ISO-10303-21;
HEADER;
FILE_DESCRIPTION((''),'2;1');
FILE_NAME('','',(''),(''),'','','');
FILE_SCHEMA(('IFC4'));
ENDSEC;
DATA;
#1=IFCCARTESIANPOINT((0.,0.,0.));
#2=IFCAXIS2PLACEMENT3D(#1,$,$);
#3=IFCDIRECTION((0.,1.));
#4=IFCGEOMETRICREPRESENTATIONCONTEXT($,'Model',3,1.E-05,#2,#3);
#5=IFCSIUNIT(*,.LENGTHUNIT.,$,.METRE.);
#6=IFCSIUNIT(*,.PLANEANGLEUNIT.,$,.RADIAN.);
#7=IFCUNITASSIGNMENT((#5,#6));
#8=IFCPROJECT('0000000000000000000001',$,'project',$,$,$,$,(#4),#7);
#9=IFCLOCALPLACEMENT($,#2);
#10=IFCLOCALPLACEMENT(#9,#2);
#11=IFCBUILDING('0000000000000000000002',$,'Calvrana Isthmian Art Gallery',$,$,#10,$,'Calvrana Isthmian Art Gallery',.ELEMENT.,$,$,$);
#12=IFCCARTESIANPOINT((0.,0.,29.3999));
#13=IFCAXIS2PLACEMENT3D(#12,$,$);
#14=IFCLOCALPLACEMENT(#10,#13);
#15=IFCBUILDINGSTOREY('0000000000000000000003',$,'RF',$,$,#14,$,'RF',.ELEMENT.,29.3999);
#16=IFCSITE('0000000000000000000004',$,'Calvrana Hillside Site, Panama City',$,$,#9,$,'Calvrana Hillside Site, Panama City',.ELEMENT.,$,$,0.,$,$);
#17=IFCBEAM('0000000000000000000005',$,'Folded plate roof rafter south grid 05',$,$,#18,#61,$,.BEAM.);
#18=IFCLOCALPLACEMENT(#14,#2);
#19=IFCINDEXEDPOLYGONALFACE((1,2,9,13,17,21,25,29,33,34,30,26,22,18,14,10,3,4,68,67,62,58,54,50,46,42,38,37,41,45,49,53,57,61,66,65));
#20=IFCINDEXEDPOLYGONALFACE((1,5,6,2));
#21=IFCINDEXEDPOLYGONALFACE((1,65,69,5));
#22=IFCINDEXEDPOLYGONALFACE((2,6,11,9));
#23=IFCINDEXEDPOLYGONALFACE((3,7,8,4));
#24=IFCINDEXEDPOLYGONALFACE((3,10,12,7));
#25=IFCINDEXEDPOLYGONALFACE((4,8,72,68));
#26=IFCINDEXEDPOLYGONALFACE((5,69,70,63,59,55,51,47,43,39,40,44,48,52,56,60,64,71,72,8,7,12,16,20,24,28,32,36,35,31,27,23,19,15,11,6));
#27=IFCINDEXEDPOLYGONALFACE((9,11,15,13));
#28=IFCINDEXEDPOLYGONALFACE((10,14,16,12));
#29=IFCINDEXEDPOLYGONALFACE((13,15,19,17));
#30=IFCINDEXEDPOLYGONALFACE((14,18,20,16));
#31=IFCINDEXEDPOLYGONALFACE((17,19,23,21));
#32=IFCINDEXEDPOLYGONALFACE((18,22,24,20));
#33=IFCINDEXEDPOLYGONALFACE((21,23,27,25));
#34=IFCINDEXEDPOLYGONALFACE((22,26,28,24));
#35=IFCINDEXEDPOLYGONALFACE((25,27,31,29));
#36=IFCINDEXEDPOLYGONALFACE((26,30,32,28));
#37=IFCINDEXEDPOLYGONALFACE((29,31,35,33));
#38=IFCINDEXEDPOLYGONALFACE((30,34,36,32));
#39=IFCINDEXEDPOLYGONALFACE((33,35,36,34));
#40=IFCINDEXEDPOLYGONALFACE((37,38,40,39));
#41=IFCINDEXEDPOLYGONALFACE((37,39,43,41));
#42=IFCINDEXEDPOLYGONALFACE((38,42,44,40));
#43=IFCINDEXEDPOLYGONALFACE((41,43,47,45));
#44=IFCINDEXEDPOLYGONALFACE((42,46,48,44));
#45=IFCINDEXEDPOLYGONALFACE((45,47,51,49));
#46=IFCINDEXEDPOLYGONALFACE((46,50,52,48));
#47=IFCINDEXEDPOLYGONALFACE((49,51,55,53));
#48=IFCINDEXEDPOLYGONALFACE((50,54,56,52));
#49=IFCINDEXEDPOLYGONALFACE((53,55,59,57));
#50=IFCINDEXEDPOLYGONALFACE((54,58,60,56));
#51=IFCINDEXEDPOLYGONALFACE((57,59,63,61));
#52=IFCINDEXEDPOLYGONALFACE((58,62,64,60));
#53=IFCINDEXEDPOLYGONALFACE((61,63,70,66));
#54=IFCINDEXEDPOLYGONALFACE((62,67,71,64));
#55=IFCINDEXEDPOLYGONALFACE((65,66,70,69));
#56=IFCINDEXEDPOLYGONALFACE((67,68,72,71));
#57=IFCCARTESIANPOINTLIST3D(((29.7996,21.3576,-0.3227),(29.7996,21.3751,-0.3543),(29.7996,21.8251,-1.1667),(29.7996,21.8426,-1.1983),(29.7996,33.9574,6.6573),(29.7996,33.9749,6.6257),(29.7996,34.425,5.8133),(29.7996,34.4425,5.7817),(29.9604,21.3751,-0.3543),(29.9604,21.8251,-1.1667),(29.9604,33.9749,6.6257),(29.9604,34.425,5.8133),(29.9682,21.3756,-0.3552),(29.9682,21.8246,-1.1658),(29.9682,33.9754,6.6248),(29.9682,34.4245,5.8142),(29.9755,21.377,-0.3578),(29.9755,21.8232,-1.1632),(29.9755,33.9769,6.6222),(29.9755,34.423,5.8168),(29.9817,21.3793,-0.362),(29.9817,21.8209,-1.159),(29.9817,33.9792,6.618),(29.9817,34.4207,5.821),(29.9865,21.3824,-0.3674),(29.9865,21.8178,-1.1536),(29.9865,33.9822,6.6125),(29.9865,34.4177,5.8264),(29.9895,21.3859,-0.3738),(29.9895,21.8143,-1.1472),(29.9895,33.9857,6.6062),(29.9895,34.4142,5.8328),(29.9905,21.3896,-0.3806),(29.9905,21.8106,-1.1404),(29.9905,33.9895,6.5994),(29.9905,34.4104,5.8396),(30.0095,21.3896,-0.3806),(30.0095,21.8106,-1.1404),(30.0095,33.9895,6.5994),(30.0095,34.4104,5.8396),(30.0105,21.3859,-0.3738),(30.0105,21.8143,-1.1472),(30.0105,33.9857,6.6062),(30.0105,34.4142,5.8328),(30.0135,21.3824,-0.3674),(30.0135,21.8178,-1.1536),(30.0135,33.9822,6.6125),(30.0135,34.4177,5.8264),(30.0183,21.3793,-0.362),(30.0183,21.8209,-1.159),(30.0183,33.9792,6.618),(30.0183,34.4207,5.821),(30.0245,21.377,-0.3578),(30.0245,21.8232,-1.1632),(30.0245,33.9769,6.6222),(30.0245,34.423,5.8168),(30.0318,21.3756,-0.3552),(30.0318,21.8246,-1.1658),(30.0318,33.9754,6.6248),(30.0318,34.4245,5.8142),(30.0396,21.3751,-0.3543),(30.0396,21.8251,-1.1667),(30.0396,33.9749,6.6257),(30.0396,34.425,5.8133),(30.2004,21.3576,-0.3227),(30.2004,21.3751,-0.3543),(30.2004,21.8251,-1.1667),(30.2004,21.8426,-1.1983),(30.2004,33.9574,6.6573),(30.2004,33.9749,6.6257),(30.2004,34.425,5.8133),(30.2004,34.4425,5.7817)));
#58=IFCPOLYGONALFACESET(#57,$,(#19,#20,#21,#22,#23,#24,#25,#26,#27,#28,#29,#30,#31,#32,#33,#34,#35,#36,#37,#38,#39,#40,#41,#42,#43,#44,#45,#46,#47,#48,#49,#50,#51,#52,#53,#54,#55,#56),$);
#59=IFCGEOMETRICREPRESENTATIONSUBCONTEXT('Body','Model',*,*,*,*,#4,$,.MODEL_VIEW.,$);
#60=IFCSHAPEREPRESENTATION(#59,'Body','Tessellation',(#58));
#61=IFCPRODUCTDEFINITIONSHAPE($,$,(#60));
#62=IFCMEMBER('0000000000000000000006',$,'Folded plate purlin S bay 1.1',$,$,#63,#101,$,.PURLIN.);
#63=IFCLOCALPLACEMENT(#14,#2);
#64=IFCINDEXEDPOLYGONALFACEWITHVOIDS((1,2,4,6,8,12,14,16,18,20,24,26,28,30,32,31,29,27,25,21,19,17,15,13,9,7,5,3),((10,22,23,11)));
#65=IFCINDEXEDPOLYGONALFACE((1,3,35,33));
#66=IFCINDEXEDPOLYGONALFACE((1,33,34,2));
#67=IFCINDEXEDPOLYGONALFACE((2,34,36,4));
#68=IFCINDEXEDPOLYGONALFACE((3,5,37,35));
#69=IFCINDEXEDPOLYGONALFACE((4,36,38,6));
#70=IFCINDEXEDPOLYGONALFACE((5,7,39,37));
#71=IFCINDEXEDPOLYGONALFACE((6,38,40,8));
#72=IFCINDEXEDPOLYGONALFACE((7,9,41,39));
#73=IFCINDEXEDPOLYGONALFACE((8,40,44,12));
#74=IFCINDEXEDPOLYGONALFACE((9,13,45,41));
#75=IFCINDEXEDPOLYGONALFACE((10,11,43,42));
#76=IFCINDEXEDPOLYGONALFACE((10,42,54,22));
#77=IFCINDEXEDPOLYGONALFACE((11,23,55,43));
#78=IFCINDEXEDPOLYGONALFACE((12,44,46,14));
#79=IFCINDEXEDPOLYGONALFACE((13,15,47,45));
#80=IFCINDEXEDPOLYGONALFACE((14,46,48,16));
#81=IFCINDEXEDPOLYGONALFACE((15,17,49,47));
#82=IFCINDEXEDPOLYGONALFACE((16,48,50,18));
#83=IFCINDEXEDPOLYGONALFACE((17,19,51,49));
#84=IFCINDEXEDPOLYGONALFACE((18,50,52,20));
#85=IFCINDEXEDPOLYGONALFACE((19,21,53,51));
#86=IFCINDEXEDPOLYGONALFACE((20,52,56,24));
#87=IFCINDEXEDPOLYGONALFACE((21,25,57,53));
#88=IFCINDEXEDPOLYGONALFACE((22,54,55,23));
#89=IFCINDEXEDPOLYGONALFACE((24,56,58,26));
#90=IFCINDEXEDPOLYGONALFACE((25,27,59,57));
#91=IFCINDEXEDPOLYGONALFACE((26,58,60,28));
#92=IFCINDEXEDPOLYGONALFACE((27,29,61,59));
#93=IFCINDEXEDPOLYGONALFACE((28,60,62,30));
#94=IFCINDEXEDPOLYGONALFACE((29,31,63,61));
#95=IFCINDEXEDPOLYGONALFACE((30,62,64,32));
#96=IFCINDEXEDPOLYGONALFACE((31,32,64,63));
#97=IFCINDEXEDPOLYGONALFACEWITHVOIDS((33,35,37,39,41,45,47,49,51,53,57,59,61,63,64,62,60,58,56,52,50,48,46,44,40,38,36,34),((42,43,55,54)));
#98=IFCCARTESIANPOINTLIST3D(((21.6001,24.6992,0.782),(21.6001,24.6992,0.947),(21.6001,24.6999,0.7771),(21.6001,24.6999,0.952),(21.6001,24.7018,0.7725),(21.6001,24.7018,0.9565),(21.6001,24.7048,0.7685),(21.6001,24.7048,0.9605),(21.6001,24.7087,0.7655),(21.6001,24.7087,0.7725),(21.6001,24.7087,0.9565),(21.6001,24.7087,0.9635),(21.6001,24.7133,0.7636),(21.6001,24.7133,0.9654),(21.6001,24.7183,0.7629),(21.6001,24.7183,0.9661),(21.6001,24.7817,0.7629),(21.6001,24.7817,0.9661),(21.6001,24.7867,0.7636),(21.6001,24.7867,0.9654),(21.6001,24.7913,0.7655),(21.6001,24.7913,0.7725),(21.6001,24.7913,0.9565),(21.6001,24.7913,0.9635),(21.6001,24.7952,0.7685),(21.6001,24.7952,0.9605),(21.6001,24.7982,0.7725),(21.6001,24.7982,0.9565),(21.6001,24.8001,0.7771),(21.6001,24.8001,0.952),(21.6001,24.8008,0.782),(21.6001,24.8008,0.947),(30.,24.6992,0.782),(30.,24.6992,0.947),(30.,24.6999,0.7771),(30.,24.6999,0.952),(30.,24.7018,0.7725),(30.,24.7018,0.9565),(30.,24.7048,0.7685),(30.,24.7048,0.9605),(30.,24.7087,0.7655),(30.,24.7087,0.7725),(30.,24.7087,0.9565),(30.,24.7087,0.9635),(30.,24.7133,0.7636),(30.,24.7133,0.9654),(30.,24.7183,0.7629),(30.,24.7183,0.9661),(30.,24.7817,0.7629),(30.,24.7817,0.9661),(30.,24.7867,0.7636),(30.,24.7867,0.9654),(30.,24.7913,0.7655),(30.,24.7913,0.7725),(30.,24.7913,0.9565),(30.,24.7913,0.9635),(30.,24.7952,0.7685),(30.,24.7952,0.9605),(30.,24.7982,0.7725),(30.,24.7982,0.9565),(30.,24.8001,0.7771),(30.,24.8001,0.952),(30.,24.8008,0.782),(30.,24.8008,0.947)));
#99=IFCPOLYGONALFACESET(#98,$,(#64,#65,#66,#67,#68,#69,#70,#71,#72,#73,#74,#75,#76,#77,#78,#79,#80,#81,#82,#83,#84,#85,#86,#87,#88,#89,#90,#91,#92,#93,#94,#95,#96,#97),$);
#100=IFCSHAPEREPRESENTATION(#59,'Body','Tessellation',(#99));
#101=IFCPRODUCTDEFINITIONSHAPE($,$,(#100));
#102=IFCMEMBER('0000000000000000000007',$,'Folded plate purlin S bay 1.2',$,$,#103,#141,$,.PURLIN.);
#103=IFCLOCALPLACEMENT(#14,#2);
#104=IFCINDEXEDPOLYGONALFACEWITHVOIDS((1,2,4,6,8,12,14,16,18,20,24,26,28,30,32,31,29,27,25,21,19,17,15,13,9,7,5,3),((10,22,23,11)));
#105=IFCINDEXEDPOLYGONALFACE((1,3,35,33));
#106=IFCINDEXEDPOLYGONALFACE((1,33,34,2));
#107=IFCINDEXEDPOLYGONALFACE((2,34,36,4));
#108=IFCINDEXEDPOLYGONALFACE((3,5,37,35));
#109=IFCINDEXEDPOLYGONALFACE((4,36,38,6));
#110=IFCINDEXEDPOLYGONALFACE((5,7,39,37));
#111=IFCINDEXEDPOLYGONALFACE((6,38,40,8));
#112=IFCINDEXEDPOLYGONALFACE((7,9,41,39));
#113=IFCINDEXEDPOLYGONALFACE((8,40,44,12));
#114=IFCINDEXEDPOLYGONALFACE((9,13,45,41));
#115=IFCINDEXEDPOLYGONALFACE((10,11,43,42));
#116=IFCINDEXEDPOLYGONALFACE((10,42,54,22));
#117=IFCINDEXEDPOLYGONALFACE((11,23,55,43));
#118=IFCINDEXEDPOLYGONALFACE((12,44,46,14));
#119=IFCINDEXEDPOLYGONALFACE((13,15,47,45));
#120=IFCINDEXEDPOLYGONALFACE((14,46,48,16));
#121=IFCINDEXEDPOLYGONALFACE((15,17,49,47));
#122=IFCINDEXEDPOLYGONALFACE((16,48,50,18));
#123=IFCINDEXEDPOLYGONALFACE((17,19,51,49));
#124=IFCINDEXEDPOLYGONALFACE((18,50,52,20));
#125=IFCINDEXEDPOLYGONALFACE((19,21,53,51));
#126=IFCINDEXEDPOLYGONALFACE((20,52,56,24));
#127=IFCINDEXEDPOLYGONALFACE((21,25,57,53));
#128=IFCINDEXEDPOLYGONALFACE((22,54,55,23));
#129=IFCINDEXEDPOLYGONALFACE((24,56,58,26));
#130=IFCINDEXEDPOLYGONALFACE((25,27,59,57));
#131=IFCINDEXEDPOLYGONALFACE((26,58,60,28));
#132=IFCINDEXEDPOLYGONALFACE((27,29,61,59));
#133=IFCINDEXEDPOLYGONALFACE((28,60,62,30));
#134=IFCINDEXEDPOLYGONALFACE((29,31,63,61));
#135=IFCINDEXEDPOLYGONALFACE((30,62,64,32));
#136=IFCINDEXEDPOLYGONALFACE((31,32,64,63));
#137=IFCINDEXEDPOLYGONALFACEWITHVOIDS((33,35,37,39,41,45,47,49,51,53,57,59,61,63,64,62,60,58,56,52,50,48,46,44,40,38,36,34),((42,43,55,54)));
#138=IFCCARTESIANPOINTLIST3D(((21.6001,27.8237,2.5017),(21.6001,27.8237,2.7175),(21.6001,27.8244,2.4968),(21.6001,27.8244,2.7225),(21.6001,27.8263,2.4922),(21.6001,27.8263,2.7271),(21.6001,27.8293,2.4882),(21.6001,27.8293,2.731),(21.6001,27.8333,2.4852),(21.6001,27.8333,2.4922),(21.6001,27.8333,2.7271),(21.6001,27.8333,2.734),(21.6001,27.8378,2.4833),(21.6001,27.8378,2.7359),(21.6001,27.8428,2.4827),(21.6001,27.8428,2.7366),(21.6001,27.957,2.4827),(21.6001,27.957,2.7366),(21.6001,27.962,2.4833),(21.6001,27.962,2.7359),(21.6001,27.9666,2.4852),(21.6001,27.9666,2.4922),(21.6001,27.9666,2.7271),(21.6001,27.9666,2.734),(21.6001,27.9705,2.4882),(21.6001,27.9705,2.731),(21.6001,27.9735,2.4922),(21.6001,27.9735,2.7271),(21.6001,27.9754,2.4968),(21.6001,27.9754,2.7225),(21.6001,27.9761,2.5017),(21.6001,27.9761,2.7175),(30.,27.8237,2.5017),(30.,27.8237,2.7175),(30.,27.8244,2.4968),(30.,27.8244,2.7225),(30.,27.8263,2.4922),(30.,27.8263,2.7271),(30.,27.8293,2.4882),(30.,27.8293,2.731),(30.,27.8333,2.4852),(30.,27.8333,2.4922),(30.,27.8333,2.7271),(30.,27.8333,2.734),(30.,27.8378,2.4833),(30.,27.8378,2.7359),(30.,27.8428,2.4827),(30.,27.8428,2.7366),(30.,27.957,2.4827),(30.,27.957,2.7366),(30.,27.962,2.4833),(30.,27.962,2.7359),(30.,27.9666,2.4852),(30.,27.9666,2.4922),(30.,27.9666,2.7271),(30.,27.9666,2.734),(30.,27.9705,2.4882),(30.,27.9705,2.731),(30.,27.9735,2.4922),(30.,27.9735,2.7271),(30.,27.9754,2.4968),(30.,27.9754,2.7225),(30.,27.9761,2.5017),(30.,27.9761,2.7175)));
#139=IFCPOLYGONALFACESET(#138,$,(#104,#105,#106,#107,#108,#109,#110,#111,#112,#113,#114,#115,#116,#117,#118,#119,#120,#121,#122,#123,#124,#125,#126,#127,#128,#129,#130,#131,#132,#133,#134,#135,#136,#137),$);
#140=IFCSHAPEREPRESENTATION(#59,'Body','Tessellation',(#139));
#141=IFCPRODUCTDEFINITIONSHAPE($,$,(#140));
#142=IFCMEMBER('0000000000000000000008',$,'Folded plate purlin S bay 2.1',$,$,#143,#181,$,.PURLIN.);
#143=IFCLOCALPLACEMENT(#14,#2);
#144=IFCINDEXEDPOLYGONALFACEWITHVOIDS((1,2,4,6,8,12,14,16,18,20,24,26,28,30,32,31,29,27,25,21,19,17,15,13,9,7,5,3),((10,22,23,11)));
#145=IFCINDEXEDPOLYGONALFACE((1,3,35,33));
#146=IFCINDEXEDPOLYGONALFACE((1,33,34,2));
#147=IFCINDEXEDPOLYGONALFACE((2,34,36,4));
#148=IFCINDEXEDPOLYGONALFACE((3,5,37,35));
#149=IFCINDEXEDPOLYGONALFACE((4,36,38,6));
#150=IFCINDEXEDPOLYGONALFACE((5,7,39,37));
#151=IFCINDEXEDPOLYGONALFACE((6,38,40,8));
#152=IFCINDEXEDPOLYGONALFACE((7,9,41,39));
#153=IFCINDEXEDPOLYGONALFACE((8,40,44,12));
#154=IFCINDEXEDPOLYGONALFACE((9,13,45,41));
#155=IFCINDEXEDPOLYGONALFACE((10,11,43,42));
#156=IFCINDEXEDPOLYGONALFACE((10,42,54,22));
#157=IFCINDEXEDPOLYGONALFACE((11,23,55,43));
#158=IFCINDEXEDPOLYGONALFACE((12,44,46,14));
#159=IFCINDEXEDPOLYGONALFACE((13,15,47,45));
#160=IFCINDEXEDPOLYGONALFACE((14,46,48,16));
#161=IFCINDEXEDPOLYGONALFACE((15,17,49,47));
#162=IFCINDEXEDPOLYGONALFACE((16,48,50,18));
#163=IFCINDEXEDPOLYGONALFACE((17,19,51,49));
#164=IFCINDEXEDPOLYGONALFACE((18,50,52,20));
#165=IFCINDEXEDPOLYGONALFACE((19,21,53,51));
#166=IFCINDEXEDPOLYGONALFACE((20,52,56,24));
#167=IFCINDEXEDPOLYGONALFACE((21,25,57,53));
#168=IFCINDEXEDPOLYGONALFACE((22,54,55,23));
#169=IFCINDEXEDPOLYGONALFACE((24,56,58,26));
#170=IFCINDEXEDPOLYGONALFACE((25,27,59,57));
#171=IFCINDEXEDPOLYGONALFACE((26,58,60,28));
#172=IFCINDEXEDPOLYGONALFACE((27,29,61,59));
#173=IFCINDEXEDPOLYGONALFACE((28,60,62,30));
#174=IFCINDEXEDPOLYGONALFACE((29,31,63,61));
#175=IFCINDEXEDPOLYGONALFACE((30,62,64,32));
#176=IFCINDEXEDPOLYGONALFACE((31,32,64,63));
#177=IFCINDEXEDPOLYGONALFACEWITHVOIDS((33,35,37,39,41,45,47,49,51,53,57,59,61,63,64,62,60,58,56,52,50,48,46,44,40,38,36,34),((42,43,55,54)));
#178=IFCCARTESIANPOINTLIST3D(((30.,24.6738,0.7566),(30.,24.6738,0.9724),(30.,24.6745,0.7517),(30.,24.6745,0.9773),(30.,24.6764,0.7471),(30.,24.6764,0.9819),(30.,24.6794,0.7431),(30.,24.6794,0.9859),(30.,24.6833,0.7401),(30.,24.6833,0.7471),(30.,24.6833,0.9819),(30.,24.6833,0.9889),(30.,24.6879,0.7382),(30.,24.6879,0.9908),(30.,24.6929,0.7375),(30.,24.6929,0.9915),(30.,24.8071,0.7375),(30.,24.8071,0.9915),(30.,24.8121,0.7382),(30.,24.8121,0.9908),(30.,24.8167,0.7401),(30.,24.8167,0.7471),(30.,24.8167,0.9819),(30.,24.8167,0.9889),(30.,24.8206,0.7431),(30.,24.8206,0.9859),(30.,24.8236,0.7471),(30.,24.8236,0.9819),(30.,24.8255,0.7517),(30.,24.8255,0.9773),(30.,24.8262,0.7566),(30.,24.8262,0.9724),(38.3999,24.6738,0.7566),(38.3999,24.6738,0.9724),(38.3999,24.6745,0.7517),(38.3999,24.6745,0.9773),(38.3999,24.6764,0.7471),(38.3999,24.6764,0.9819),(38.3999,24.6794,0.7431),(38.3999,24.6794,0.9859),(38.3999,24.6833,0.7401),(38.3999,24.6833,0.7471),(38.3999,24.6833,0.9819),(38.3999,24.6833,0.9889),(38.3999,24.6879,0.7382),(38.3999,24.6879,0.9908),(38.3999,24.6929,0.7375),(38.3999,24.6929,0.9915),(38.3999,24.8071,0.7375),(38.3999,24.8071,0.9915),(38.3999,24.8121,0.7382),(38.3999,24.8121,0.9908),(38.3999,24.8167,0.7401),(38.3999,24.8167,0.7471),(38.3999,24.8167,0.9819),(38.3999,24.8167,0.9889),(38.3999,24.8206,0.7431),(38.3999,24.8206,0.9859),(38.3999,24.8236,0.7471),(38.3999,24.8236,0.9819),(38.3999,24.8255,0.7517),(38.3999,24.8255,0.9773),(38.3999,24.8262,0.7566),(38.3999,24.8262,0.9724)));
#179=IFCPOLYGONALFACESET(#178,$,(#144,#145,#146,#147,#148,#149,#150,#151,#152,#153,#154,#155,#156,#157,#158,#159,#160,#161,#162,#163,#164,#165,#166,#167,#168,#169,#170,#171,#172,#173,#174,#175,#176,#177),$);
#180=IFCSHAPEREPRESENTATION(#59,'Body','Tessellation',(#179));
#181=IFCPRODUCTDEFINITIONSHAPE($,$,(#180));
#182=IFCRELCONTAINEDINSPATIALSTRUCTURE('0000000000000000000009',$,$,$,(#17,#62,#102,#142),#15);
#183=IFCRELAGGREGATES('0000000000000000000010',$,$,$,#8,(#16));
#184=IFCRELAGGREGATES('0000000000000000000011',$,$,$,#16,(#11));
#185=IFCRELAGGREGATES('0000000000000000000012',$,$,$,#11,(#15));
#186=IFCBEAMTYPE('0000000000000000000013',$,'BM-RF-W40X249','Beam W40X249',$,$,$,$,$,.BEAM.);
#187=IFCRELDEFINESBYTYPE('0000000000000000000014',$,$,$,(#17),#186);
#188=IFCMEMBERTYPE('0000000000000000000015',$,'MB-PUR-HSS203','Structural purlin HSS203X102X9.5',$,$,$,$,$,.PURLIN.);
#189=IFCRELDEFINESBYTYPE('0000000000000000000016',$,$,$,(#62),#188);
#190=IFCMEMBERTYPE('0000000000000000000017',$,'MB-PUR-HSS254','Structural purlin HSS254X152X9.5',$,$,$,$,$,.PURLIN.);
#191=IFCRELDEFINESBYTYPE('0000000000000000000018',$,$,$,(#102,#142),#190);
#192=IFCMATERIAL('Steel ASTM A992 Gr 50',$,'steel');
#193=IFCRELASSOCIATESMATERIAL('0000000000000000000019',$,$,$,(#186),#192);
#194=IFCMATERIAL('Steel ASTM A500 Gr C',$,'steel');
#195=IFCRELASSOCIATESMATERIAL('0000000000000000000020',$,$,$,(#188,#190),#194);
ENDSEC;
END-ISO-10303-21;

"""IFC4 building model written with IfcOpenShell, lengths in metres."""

from ifc_helpers import new_model, si_unit, direction, frame, origin, origin_2d, place, context, subcontext, project, spatial, hollow_rectangle, i_section, extrude, material, material_profile, profile_set, type_object, element, save


model = new_model("IFC4")

# Units and contexts
model_context = context("Model", 3, precision=1e-05, world=origin(), true_north=direction((0.0, 1.0)))
body_context = subcontext(model_context, "Body", "Model", "MODEL_VIEW")
ifc_project = project(units=[si_unit("LENGTHUNIT", "METRE"), si_unit("PLANEANGLEUNIT", "RADIAN")], contexts=[model_context])

# Site, building, storey
site_placement = place(None, origin())
site = spatial("IfcSite", under=ifc_project, at=site_placement, Name="Calvrana Hillside Site, Panama City", LongName="Calvrana Hillside Site, Panama City", CompositionType="ELEMENT", RefElevation=0.0)
building_placement = place(site_placement, origin())
building = spatial("IfcBuilding", under=site, at=building_placement, Name="Calvrana Isthmian Art Gallery", LongName="Calvrana Isthmian Art Gallery", CompositionType="ELEMENT")
storey_placement = place(building_placement, frame((0.0, 0.0, 29.3999)))
storey = spatial("IfcBuildingStorey", under=building, at=storey_placement, Name="RF", LongName="RF", CompositionType="ELEMENT", Elevation=29.3999)

# Beam
ifc_material_1 = material(Name="Steel ASTM A992 Gr 50", Category="steel")
ifc_material_profile_1 = material_profile(ifc_material_1, i_section(OverallWidth=0.4009, OverallDepth=1.001, WebThickness=0.019, FlangeThickness=0.0361, FilletRadius=0.03, at=origin_2d()), Name="W40X249")
ifc_profile_set_1 = profile_set([ifc_material_profile_1], Name="Steel ASTM A992 Gr 50")
beam_type_1 = type_object("IfcBeamType", Name="BM-RF-W40X249", Description="Beam W40X249", PredefinedType="BEAM", material=ifc_profile_set_1)
beam_1_placement = place(storey_placement, frame((30.0, 21.6001, -0.7605), z_axis=(0.0, 0.874744, 0.484585), x_axis=(-1.0, 0.0, 0.0)))
element("IfcBeam", 1, at=beam_1_placement, inside=storey, type_object=beam_type_1, Name="Folded plate roof rafter south grid 05", PredefinedType="BEAM", context=body_context, shape_type="SweptSolid", body=[
    extrude(i_section(OverallWidth=0.4009, OverallDepth=1.001, WebThickness=0.019, FlangeThickness=0.0361, FilletRadius=0.03, at=origin_2d()), origin(), (0.0, 0.0, 1.0), 14.4041),
])

# Members
ifc_material_2 = material(Name="Steel ASTM A500 Gr C", Category="steel")
ifc_material_profile_2 = material_profile(ifc_material_2, hollow_rectangle(XDim=0.1016, YDim=0.2031, WallThickness=0.0095, OuterFilletRadius=0.019, at=origin_2d()), Name="HSS203X102X9.5")
ifc_profile_set_2 = profile_set([ifc_material_profile_2], Name="Steel ASTM A500 Gr C")
member_type_1 = type_object("IfcMemberType", Name="MB-PUR-HSS203", Description="Structural purlin HSS203X102X9.5", PredefinedType="PURLIN", material=ifc_profile_set_2)
member_1_placement = place(storey_placement, frame((21.6001, 24.75, 0.8645), z_axis=(1.0, 0.0, 0.0), x_axis=(0.0, 1.0, 0.0)))
element("IfcMember", 2, at=member_1_placement, inside=storey, type_object=member_type_1, Name="Folded plate purlin S bay 1.1", PredefinedType="PURLIN", context=body_context, shape_type="SweptSolid", body=[
    extrude(hollow_rectangle(XDim=0.1016, YDim=0.2031, WallThickness=0.0095, OuterFilletRadius=0.019, at=origin_2d()), origin(), (0.0, 0.0, 1.0), 8.3999),
])
ifc_material_profile_3 = material_profile(ifc_material_2, hollow_rectangle(XDim=0.1523, YDim=0.2539, WallThickness=0.0095, OuterFilletRadius=0.019, at=origin_2d()), Name="HSS254X152X9.5")
ifc_profile_set_3 = profile_set([ifc_material_profile_3], Name="Steel ASTM A500 Gr C")
member_type_2 = type_object("IfcMemberType", Name="MB-PUR-HSS254", Description="Structural purlin HSS254X152X9.5", PredefinedType="PURLIN", material=ifc_profile_set_3)
for number, where, z_axis, x_axis, name in (
    (3, (21.6001, 27.8999, 2.6096), (1.0, 0.0, 0.0), (0.0, 1.0, 0.0), "Folded plate purlin S bay 1.2"),
    (4, (30.0, 24.75, 0.8645), (1.0, 0.0, 0.0), (0.0, 1.0, 0.0), "Folded plate purlin S bay 2.1"),
):
    element("IfcMember", number, at=place(storey_placement, frame(where, z_axis=z_axis, x_axis=x_axis)), inside=storey, type_object=member_type_2, Name=name, PredefinedType="PURLIN", context=body_context, shape_type="SweptSolid", body=[
        extrude(hollow_rectangle(XDim=0.1523, YDim=0.2539, WallThickness=0.0095, OuterFilletRadius=0.019, at=origin_2d()), origin(), (0.0, 0.0, 1.0), 8.3999),
    ])

save(model, "model.ifc")
